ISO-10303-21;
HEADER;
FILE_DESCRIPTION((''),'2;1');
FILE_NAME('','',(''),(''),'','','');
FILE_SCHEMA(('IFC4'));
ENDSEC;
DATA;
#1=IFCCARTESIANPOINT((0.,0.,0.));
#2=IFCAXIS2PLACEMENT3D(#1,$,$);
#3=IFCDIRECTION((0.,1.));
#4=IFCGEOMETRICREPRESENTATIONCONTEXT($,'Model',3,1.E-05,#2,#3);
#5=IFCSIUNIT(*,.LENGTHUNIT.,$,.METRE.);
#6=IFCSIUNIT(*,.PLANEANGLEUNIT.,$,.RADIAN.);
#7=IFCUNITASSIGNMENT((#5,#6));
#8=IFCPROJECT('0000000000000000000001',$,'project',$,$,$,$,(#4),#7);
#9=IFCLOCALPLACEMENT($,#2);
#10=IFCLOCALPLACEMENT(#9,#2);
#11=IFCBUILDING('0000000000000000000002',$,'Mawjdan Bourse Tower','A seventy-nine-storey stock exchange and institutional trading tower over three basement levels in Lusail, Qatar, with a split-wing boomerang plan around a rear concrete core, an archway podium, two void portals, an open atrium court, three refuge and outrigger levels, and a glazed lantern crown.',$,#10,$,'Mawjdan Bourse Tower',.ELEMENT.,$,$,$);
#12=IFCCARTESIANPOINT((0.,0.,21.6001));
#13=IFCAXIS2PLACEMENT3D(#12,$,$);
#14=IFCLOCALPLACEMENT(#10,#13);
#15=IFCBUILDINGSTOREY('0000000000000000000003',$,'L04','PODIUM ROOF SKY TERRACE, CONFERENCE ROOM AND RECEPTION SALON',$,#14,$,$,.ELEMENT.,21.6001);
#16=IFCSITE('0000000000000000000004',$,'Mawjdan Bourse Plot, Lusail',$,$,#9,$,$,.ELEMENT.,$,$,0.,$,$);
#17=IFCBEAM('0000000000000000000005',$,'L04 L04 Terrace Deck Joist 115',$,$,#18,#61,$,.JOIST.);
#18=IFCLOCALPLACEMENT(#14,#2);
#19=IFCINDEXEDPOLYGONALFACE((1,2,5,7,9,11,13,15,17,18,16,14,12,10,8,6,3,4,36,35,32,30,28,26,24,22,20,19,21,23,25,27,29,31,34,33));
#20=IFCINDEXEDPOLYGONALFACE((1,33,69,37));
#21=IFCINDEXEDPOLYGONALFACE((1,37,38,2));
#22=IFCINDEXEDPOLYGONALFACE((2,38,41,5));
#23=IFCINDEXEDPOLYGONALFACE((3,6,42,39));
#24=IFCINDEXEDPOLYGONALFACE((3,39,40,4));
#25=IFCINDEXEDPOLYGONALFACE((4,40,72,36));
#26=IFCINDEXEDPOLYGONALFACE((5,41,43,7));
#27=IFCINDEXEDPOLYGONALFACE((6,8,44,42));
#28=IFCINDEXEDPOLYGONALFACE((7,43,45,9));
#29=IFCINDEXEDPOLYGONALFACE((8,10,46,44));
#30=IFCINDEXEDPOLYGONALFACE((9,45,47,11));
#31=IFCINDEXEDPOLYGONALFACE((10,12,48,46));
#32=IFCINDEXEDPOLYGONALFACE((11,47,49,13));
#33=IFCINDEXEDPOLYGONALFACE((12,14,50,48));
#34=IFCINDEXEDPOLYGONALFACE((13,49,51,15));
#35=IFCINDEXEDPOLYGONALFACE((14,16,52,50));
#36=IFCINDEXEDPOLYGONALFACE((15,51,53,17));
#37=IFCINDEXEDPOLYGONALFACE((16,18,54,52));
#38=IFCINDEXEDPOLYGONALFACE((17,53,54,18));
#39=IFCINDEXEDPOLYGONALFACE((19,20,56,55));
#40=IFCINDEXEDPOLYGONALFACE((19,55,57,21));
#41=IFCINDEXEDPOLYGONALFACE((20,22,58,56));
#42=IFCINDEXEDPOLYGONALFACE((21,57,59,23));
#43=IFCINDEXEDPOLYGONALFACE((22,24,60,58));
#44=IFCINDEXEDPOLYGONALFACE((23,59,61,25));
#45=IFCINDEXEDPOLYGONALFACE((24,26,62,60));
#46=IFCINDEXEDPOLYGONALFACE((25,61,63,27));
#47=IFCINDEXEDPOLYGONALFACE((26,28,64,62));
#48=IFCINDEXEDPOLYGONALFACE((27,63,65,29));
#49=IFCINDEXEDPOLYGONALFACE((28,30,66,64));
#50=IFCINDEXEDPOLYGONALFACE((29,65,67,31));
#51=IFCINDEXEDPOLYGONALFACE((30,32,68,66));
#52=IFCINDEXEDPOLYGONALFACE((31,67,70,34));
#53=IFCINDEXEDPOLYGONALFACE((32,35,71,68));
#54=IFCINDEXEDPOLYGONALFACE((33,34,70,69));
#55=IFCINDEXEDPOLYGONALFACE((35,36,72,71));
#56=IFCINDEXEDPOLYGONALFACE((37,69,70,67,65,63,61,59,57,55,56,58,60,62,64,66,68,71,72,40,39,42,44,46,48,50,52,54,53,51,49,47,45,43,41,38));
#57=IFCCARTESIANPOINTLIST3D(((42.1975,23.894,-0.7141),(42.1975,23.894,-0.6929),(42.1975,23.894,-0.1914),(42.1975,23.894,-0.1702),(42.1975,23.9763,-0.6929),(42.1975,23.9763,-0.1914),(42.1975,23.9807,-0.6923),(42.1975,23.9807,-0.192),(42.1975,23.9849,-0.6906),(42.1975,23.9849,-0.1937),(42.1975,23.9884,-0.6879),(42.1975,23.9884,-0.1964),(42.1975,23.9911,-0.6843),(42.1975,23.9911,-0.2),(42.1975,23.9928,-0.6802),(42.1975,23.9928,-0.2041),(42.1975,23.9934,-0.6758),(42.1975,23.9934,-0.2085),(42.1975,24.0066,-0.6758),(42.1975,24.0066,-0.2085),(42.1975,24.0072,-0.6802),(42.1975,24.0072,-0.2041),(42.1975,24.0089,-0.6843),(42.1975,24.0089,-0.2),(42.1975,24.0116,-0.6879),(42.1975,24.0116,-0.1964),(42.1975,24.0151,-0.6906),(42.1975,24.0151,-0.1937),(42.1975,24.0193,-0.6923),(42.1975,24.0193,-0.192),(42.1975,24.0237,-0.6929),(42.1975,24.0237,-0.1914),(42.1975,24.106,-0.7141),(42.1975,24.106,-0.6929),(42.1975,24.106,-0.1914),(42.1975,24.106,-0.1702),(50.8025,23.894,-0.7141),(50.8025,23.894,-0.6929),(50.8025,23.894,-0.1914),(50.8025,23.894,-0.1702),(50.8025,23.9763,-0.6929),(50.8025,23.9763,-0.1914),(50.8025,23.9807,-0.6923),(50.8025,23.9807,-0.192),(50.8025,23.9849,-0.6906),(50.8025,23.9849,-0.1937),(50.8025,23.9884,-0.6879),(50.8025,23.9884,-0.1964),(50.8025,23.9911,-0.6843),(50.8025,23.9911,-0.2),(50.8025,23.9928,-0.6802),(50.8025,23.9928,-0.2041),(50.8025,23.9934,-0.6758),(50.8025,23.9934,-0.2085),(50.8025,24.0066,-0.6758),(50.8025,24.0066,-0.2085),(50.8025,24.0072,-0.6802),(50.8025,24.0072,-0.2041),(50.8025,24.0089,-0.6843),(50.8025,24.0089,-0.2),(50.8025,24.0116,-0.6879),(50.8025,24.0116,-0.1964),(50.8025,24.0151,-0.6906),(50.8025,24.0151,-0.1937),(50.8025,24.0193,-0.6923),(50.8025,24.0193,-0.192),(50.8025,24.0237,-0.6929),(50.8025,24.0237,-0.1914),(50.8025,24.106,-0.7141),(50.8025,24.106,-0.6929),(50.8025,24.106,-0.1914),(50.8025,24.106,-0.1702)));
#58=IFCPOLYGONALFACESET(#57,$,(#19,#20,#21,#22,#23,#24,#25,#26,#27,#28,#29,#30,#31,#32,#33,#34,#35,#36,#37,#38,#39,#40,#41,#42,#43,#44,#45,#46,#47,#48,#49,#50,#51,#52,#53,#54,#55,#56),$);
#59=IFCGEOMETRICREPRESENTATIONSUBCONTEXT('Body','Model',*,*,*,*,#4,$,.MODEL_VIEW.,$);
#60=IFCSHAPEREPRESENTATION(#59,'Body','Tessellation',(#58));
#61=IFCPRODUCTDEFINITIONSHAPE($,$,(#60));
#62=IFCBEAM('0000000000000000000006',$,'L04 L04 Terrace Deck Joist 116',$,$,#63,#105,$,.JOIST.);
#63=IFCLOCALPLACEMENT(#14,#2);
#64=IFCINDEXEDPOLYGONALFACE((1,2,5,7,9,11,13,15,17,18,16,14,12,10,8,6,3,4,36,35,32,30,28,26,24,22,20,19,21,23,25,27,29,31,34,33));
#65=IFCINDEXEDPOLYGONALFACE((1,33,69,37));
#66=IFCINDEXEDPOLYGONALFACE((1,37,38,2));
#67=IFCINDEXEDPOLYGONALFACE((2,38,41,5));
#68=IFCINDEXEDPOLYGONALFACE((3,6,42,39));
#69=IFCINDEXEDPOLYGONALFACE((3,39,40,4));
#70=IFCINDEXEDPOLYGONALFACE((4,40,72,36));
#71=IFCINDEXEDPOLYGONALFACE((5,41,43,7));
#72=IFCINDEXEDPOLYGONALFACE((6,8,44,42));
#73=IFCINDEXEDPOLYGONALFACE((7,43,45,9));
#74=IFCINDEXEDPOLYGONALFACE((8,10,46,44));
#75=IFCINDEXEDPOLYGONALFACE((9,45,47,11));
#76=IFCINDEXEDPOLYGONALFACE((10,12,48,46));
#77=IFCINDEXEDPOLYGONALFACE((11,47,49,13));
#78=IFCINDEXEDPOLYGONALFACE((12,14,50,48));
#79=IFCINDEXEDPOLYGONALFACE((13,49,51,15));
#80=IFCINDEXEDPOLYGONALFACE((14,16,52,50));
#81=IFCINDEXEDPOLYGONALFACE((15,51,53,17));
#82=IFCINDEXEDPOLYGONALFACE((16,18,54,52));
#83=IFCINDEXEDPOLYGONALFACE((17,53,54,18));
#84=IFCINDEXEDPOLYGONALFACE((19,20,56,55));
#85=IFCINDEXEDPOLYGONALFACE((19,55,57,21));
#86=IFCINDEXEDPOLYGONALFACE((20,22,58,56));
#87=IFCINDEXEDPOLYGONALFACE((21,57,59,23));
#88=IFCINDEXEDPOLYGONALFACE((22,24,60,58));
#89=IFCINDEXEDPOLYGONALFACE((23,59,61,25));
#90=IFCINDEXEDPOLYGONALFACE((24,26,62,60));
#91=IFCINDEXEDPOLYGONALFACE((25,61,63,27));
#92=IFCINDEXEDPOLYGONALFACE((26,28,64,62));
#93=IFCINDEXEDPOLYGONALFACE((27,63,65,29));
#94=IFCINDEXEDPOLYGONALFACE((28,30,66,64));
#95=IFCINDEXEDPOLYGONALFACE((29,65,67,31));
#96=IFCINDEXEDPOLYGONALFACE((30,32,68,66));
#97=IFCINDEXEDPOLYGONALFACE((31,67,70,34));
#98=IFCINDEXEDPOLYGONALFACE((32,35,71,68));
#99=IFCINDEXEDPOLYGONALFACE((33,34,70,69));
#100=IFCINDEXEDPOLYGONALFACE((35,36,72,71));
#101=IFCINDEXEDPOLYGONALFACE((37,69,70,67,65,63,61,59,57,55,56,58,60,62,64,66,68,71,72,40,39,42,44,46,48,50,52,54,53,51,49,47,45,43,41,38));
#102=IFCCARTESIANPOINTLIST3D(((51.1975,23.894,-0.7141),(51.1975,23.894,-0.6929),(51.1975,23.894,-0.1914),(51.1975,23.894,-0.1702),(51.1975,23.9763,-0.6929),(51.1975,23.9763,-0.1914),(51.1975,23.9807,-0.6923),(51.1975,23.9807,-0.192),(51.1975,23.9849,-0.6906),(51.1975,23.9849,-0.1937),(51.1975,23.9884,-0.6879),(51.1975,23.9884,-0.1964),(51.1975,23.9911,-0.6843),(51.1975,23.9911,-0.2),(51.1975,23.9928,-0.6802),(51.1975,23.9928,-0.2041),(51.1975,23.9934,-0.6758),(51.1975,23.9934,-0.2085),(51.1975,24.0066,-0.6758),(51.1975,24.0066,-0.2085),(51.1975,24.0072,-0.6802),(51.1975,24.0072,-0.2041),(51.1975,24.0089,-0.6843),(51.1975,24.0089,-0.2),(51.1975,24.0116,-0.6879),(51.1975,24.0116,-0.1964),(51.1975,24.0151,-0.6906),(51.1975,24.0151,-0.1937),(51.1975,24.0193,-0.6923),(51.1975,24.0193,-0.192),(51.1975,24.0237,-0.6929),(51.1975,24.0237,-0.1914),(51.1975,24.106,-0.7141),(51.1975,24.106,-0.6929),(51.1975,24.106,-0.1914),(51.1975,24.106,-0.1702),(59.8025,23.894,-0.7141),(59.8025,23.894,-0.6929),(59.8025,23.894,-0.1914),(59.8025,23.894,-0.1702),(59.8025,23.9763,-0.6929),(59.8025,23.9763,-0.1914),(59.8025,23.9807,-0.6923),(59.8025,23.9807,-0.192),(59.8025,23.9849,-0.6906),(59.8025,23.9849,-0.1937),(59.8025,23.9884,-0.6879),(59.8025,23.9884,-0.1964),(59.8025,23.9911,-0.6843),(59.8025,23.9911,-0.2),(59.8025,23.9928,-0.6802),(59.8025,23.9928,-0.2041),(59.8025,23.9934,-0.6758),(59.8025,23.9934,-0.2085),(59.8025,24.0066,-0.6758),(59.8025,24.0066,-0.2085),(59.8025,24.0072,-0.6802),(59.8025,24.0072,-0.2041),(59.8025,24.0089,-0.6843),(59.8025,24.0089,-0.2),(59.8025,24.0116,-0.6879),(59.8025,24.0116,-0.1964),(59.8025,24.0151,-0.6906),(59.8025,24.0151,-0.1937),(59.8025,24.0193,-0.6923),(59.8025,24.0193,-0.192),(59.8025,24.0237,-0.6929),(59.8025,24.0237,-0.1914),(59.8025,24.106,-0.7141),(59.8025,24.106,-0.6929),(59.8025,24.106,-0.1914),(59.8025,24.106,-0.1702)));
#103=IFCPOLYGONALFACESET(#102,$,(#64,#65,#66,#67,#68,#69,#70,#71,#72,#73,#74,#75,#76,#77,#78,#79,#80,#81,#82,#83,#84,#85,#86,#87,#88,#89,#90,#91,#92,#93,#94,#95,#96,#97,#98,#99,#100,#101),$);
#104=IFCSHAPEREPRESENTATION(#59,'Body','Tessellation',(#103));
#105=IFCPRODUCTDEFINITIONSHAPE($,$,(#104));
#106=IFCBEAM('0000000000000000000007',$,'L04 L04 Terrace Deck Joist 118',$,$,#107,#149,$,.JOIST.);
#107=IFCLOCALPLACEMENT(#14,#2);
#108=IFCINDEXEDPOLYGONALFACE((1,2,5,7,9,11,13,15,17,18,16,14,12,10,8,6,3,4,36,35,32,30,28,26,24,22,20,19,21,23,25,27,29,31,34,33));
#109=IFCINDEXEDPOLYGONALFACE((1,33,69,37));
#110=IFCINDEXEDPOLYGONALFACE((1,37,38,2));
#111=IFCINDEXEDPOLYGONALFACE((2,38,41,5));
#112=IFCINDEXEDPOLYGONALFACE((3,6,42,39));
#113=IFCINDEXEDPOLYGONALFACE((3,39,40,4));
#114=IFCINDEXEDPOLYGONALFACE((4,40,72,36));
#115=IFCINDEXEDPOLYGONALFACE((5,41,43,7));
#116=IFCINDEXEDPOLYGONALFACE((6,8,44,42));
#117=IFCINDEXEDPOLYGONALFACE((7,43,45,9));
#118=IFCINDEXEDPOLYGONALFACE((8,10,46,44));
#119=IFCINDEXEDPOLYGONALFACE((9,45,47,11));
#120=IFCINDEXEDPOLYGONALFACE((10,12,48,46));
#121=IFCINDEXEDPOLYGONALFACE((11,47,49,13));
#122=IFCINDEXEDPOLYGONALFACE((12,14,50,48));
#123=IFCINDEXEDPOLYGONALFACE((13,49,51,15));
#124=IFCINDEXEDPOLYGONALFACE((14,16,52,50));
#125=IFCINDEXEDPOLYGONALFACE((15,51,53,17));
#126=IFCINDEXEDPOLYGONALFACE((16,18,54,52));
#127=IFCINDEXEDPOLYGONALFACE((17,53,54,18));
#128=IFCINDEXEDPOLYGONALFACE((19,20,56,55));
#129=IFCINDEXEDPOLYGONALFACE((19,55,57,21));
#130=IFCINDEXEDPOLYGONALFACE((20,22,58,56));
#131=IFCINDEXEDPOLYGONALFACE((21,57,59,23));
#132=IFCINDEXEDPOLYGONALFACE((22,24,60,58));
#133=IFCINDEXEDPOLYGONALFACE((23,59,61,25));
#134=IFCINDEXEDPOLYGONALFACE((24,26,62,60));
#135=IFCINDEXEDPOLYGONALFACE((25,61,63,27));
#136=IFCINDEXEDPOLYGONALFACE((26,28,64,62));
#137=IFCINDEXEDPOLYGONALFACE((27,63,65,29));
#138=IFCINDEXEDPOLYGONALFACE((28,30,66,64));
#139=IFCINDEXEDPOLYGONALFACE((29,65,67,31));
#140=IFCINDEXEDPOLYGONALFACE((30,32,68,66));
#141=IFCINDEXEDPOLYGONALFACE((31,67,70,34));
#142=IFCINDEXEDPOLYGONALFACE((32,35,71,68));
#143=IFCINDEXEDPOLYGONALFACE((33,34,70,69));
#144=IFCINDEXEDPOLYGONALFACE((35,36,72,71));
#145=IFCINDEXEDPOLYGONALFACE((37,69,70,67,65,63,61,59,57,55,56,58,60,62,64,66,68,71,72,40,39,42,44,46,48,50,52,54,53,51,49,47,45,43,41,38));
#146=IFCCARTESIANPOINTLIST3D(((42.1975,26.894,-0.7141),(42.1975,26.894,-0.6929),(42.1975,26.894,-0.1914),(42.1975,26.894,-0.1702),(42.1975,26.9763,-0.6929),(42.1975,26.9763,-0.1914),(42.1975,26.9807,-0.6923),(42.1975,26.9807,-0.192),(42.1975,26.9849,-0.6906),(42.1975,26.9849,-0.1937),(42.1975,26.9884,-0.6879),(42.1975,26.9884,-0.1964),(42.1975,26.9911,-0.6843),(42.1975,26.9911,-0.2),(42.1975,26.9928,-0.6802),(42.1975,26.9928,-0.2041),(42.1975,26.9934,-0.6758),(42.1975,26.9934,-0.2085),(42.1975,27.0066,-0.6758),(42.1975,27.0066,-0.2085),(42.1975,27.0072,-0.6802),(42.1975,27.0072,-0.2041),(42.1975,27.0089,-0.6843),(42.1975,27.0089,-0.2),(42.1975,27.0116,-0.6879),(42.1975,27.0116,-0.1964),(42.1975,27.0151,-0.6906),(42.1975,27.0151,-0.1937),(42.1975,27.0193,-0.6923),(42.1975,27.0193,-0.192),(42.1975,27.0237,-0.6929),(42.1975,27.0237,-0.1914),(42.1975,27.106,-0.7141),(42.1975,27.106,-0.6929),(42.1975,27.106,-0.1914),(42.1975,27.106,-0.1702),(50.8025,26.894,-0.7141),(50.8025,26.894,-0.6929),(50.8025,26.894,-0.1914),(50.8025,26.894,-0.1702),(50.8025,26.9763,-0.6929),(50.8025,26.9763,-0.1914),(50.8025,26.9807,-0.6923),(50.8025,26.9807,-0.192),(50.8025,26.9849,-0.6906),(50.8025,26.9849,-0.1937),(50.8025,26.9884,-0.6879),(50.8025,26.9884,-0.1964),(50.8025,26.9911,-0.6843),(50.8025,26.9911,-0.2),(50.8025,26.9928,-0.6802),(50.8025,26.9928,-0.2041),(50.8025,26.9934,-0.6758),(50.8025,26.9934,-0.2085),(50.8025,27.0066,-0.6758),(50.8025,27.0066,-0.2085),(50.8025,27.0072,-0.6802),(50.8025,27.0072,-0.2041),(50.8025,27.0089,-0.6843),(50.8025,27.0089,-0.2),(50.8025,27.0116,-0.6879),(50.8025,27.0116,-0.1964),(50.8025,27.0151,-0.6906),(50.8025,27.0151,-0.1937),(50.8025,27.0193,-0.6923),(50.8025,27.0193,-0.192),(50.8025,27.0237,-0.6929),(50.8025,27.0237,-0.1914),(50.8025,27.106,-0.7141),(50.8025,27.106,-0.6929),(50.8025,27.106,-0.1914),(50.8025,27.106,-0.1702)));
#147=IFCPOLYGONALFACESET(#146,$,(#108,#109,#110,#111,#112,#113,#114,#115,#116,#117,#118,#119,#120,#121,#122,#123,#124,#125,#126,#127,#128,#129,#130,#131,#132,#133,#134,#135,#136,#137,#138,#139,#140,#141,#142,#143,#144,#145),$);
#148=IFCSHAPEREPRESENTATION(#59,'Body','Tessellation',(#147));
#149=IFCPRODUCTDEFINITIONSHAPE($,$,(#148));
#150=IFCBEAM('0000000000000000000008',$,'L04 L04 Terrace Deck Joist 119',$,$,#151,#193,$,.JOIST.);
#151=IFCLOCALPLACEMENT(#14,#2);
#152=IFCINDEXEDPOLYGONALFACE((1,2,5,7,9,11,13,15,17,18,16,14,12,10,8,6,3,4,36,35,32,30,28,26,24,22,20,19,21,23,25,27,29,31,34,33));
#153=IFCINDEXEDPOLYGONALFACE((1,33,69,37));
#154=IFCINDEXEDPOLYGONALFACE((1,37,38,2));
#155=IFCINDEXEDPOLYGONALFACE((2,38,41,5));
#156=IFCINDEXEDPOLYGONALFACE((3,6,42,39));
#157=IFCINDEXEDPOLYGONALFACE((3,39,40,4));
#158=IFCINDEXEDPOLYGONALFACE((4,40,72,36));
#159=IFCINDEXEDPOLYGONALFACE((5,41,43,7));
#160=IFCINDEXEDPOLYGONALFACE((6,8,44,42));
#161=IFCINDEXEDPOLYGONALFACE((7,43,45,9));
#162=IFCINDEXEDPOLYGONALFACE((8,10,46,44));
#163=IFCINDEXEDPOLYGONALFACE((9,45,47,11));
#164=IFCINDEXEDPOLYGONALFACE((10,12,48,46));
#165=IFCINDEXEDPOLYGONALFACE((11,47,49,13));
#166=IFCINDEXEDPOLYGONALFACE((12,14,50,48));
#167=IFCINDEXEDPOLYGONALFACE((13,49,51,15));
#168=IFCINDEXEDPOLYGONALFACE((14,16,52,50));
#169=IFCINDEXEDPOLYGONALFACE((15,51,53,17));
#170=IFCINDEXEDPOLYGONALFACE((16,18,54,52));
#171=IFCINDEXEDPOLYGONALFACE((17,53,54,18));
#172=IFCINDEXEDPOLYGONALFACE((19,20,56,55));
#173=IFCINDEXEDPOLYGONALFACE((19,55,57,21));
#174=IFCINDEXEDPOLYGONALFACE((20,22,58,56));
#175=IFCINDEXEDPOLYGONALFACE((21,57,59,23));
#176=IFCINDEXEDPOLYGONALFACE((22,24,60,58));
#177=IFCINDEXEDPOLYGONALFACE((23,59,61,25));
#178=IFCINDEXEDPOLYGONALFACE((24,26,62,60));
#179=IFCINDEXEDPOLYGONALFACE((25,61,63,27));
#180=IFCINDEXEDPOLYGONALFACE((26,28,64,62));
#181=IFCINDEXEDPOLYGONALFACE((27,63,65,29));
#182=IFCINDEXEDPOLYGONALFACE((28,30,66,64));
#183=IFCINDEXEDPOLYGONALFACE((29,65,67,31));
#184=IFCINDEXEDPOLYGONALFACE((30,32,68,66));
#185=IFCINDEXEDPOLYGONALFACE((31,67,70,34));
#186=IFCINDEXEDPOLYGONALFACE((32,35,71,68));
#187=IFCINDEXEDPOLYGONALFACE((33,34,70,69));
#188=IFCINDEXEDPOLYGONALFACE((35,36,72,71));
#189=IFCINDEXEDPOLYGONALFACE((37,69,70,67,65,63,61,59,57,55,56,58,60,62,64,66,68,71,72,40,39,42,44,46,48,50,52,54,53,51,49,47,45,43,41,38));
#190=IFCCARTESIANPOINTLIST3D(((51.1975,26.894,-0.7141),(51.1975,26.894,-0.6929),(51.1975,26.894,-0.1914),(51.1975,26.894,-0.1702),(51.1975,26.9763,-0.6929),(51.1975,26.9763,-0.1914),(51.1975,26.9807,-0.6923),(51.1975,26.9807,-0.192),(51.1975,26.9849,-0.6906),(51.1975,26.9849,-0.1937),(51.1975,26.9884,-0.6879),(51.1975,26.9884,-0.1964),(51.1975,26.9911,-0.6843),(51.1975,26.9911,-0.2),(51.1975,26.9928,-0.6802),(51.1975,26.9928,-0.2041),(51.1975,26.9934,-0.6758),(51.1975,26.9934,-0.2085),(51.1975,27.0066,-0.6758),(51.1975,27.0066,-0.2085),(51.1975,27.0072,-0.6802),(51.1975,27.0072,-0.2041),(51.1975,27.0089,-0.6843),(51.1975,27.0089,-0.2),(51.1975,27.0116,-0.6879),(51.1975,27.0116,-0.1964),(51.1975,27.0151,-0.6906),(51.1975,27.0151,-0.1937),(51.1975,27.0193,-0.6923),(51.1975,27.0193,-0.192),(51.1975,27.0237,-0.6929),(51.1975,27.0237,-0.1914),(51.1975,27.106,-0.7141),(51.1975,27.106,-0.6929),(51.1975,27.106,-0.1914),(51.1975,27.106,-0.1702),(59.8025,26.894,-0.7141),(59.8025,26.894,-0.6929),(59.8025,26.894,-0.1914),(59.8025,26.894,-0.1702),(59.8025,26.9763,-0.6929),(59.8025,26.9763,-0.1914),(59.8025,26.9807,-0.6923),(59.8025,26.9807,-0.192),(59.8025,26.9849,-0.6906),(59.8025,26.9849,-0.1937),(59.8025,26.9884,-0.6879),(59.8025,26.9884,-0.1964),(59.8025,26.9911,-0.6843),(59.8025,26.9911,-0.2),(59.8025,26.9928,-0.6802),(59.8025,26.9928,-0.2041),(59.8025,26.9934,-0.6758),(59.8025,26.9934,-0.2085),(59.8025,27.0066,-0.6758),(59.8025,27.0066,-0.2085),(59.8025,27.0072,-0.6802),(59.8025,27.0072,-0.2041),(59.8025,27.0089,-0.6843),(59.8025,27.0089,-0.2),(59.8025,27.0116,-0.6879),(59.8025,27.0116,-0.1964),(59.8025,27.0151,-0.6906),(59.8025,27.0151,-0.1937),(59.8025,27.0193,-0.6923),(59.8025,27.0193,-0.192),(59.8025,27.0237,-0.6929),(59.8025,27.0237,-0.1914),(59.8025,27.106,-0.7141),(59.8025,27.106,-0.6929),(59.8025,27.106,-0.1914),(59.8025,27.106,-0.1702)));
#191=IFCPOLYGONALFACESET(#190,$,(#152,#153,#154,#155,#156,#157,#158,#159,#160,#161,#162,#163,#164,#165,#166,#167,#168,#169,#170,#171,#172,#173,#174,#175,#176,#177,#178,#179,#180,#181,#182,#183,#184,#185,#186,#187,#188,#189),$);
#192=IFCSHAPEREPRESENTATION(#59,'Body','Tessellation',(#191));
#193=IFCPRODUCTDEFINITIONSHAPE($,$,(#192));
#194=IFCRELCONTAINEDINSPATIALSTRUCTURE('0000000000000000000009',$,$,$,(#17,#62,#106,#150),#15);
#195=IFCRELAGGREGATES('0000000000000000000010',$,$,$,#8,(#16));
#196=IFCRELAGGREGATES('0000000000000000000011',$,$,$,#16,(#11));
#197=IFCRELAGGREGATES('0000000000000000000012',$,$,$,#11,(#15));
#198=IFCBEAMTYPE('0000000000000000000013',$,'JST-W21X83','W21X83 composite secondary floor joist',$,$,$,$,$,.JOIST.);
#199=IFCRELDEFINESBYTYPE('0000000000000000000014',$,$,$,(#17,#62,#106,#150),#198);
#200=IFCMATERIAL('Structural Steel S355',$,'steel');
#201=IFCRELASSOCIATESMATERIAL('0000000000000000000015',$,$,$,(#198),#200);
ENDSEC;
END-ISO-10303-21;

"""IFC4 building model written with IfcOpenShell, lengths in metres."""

from ifc_helpers import new_model, si_unit, direction, frame, origin, origin_2d, place, context, subcontext, project, spatial, i_section, extrude, material, material_profile, profile_set, type_object, element, save


model = new_model("IFC4")

# Units and contexts
model_context = context("Model", 3, precision=1e-05, world=origin(), true_north=direction((0.0, 1.0)))
body_context = subcontext(model_context, "Body", "Model", "MODEL_VIEW")
ifc_project = project(units=[si_unit("LENGTHUNIT", "METRE"), si_unit("PLANEANGLEUNIT", "RADIAN")], contexts=[model_context])

# Site, building, storey
site_placement = place(None, origin())
site = spatial("IfcSite", under=ifc_project, at=site_placement, Name="Mawjdan Bourse Plot, Lusail", CompositionType="ELEMENT", RefElevation=0.0)
building_placement = place(site_placement, origin())
building = spatial("IfcBuilding", under=site, at=building_placement, Name="Mawjdan Bourse Tower", Description="A seventy-nine-storey stock exchange and institutional trading tower over three basement levels in Lusail, Qatar, with a split-wing boomerang plan around a rear concrete core, an archway podium, two void portals, an open atrium court, three refuge and outrigger levels, and a glazed lantern crown.", LongName="Mawjdan Bourse Tower", CompositionType="ELEMENT")
storey_placement = place(building_placement, frame((0.0, 0.0, 21.6001)))
storey = spatial("IfcBuildingStorey", under=building, at=storey_placement, Name="L04", Description="PODIUM ROOF SKY TERRACE, CONFERENCE ROOM AND RECEPTION SALON", CompositionType="ELEMENT", Elevation=21.6001)

# Beams
ifc_material_1 = material(Name="Structural Steel S355", Category="steel")
ifc_material_profile_1 = material_profile(ifc_material_1, i_section(OverallWidth=0.2119, OverallDepth=0.5439, WebThickness=0.0132, FlangeThickness=0.0212, FilletRadius=0.0171, at=origin_2d()), Name="W21X83")
ifc_profile_set_1 = profile_set([ifc_material_profile_1], Name="Structural Steel S355")
beam_type_1 = type_object("IfcBeamType", Name="JST-W21X83", Description="W21X83 composite secondary floor joist", PredefinedType="JOIST", material=ifc_profile_set_1)
for number, where, z_axis, x_axis, name in (
    (1, (42.1975, 24.0, -0.4421), (1.0, 0.0, 0.0), (0.0, 1.0, 0.0), "L04 L04 Terrace Deck Joist 115"),
    (2, (51.1975, 24.0, -0.4421), (1.0, 0.0, 0.0), (0.0, 1.0, 0.0), "L04 L04 Terrace Deck Joist 116"),
    (3, (42.1975, 27.0, -0.4421), (1.0, 0.0, 0.0), (0.0, 1.0, 0.0), "L04 L04 Terrace Deck Joist 118"),
    (4, (51.1975, 27.0, -0.4421), (1.0, 0.0, 0.0), (0.0, 1.0, 0.0), "L04 L04 Terrace Deck Joist 119"),
):
    element("IfcBeam", number, at=place(storey_placement, frame(where, z_axis=z_axis, x_axis=x_axis)), inside=storey, type_object=beam_type_1, Name=name, PredefinedType="JOIST", context=body_context, shape_type="SweptSolid", body=[
        extrude(i_section(OverallWidth=0.2119, OverallDepth=0.5439, WebThickness=0.0132, FlangeThickness=0.0212, FilletRadius=0.0171, at=origin_2d()), origin(), (0.0, 0.0, 1.0), 8.605),
    ])

save(model, "model.ifc")
